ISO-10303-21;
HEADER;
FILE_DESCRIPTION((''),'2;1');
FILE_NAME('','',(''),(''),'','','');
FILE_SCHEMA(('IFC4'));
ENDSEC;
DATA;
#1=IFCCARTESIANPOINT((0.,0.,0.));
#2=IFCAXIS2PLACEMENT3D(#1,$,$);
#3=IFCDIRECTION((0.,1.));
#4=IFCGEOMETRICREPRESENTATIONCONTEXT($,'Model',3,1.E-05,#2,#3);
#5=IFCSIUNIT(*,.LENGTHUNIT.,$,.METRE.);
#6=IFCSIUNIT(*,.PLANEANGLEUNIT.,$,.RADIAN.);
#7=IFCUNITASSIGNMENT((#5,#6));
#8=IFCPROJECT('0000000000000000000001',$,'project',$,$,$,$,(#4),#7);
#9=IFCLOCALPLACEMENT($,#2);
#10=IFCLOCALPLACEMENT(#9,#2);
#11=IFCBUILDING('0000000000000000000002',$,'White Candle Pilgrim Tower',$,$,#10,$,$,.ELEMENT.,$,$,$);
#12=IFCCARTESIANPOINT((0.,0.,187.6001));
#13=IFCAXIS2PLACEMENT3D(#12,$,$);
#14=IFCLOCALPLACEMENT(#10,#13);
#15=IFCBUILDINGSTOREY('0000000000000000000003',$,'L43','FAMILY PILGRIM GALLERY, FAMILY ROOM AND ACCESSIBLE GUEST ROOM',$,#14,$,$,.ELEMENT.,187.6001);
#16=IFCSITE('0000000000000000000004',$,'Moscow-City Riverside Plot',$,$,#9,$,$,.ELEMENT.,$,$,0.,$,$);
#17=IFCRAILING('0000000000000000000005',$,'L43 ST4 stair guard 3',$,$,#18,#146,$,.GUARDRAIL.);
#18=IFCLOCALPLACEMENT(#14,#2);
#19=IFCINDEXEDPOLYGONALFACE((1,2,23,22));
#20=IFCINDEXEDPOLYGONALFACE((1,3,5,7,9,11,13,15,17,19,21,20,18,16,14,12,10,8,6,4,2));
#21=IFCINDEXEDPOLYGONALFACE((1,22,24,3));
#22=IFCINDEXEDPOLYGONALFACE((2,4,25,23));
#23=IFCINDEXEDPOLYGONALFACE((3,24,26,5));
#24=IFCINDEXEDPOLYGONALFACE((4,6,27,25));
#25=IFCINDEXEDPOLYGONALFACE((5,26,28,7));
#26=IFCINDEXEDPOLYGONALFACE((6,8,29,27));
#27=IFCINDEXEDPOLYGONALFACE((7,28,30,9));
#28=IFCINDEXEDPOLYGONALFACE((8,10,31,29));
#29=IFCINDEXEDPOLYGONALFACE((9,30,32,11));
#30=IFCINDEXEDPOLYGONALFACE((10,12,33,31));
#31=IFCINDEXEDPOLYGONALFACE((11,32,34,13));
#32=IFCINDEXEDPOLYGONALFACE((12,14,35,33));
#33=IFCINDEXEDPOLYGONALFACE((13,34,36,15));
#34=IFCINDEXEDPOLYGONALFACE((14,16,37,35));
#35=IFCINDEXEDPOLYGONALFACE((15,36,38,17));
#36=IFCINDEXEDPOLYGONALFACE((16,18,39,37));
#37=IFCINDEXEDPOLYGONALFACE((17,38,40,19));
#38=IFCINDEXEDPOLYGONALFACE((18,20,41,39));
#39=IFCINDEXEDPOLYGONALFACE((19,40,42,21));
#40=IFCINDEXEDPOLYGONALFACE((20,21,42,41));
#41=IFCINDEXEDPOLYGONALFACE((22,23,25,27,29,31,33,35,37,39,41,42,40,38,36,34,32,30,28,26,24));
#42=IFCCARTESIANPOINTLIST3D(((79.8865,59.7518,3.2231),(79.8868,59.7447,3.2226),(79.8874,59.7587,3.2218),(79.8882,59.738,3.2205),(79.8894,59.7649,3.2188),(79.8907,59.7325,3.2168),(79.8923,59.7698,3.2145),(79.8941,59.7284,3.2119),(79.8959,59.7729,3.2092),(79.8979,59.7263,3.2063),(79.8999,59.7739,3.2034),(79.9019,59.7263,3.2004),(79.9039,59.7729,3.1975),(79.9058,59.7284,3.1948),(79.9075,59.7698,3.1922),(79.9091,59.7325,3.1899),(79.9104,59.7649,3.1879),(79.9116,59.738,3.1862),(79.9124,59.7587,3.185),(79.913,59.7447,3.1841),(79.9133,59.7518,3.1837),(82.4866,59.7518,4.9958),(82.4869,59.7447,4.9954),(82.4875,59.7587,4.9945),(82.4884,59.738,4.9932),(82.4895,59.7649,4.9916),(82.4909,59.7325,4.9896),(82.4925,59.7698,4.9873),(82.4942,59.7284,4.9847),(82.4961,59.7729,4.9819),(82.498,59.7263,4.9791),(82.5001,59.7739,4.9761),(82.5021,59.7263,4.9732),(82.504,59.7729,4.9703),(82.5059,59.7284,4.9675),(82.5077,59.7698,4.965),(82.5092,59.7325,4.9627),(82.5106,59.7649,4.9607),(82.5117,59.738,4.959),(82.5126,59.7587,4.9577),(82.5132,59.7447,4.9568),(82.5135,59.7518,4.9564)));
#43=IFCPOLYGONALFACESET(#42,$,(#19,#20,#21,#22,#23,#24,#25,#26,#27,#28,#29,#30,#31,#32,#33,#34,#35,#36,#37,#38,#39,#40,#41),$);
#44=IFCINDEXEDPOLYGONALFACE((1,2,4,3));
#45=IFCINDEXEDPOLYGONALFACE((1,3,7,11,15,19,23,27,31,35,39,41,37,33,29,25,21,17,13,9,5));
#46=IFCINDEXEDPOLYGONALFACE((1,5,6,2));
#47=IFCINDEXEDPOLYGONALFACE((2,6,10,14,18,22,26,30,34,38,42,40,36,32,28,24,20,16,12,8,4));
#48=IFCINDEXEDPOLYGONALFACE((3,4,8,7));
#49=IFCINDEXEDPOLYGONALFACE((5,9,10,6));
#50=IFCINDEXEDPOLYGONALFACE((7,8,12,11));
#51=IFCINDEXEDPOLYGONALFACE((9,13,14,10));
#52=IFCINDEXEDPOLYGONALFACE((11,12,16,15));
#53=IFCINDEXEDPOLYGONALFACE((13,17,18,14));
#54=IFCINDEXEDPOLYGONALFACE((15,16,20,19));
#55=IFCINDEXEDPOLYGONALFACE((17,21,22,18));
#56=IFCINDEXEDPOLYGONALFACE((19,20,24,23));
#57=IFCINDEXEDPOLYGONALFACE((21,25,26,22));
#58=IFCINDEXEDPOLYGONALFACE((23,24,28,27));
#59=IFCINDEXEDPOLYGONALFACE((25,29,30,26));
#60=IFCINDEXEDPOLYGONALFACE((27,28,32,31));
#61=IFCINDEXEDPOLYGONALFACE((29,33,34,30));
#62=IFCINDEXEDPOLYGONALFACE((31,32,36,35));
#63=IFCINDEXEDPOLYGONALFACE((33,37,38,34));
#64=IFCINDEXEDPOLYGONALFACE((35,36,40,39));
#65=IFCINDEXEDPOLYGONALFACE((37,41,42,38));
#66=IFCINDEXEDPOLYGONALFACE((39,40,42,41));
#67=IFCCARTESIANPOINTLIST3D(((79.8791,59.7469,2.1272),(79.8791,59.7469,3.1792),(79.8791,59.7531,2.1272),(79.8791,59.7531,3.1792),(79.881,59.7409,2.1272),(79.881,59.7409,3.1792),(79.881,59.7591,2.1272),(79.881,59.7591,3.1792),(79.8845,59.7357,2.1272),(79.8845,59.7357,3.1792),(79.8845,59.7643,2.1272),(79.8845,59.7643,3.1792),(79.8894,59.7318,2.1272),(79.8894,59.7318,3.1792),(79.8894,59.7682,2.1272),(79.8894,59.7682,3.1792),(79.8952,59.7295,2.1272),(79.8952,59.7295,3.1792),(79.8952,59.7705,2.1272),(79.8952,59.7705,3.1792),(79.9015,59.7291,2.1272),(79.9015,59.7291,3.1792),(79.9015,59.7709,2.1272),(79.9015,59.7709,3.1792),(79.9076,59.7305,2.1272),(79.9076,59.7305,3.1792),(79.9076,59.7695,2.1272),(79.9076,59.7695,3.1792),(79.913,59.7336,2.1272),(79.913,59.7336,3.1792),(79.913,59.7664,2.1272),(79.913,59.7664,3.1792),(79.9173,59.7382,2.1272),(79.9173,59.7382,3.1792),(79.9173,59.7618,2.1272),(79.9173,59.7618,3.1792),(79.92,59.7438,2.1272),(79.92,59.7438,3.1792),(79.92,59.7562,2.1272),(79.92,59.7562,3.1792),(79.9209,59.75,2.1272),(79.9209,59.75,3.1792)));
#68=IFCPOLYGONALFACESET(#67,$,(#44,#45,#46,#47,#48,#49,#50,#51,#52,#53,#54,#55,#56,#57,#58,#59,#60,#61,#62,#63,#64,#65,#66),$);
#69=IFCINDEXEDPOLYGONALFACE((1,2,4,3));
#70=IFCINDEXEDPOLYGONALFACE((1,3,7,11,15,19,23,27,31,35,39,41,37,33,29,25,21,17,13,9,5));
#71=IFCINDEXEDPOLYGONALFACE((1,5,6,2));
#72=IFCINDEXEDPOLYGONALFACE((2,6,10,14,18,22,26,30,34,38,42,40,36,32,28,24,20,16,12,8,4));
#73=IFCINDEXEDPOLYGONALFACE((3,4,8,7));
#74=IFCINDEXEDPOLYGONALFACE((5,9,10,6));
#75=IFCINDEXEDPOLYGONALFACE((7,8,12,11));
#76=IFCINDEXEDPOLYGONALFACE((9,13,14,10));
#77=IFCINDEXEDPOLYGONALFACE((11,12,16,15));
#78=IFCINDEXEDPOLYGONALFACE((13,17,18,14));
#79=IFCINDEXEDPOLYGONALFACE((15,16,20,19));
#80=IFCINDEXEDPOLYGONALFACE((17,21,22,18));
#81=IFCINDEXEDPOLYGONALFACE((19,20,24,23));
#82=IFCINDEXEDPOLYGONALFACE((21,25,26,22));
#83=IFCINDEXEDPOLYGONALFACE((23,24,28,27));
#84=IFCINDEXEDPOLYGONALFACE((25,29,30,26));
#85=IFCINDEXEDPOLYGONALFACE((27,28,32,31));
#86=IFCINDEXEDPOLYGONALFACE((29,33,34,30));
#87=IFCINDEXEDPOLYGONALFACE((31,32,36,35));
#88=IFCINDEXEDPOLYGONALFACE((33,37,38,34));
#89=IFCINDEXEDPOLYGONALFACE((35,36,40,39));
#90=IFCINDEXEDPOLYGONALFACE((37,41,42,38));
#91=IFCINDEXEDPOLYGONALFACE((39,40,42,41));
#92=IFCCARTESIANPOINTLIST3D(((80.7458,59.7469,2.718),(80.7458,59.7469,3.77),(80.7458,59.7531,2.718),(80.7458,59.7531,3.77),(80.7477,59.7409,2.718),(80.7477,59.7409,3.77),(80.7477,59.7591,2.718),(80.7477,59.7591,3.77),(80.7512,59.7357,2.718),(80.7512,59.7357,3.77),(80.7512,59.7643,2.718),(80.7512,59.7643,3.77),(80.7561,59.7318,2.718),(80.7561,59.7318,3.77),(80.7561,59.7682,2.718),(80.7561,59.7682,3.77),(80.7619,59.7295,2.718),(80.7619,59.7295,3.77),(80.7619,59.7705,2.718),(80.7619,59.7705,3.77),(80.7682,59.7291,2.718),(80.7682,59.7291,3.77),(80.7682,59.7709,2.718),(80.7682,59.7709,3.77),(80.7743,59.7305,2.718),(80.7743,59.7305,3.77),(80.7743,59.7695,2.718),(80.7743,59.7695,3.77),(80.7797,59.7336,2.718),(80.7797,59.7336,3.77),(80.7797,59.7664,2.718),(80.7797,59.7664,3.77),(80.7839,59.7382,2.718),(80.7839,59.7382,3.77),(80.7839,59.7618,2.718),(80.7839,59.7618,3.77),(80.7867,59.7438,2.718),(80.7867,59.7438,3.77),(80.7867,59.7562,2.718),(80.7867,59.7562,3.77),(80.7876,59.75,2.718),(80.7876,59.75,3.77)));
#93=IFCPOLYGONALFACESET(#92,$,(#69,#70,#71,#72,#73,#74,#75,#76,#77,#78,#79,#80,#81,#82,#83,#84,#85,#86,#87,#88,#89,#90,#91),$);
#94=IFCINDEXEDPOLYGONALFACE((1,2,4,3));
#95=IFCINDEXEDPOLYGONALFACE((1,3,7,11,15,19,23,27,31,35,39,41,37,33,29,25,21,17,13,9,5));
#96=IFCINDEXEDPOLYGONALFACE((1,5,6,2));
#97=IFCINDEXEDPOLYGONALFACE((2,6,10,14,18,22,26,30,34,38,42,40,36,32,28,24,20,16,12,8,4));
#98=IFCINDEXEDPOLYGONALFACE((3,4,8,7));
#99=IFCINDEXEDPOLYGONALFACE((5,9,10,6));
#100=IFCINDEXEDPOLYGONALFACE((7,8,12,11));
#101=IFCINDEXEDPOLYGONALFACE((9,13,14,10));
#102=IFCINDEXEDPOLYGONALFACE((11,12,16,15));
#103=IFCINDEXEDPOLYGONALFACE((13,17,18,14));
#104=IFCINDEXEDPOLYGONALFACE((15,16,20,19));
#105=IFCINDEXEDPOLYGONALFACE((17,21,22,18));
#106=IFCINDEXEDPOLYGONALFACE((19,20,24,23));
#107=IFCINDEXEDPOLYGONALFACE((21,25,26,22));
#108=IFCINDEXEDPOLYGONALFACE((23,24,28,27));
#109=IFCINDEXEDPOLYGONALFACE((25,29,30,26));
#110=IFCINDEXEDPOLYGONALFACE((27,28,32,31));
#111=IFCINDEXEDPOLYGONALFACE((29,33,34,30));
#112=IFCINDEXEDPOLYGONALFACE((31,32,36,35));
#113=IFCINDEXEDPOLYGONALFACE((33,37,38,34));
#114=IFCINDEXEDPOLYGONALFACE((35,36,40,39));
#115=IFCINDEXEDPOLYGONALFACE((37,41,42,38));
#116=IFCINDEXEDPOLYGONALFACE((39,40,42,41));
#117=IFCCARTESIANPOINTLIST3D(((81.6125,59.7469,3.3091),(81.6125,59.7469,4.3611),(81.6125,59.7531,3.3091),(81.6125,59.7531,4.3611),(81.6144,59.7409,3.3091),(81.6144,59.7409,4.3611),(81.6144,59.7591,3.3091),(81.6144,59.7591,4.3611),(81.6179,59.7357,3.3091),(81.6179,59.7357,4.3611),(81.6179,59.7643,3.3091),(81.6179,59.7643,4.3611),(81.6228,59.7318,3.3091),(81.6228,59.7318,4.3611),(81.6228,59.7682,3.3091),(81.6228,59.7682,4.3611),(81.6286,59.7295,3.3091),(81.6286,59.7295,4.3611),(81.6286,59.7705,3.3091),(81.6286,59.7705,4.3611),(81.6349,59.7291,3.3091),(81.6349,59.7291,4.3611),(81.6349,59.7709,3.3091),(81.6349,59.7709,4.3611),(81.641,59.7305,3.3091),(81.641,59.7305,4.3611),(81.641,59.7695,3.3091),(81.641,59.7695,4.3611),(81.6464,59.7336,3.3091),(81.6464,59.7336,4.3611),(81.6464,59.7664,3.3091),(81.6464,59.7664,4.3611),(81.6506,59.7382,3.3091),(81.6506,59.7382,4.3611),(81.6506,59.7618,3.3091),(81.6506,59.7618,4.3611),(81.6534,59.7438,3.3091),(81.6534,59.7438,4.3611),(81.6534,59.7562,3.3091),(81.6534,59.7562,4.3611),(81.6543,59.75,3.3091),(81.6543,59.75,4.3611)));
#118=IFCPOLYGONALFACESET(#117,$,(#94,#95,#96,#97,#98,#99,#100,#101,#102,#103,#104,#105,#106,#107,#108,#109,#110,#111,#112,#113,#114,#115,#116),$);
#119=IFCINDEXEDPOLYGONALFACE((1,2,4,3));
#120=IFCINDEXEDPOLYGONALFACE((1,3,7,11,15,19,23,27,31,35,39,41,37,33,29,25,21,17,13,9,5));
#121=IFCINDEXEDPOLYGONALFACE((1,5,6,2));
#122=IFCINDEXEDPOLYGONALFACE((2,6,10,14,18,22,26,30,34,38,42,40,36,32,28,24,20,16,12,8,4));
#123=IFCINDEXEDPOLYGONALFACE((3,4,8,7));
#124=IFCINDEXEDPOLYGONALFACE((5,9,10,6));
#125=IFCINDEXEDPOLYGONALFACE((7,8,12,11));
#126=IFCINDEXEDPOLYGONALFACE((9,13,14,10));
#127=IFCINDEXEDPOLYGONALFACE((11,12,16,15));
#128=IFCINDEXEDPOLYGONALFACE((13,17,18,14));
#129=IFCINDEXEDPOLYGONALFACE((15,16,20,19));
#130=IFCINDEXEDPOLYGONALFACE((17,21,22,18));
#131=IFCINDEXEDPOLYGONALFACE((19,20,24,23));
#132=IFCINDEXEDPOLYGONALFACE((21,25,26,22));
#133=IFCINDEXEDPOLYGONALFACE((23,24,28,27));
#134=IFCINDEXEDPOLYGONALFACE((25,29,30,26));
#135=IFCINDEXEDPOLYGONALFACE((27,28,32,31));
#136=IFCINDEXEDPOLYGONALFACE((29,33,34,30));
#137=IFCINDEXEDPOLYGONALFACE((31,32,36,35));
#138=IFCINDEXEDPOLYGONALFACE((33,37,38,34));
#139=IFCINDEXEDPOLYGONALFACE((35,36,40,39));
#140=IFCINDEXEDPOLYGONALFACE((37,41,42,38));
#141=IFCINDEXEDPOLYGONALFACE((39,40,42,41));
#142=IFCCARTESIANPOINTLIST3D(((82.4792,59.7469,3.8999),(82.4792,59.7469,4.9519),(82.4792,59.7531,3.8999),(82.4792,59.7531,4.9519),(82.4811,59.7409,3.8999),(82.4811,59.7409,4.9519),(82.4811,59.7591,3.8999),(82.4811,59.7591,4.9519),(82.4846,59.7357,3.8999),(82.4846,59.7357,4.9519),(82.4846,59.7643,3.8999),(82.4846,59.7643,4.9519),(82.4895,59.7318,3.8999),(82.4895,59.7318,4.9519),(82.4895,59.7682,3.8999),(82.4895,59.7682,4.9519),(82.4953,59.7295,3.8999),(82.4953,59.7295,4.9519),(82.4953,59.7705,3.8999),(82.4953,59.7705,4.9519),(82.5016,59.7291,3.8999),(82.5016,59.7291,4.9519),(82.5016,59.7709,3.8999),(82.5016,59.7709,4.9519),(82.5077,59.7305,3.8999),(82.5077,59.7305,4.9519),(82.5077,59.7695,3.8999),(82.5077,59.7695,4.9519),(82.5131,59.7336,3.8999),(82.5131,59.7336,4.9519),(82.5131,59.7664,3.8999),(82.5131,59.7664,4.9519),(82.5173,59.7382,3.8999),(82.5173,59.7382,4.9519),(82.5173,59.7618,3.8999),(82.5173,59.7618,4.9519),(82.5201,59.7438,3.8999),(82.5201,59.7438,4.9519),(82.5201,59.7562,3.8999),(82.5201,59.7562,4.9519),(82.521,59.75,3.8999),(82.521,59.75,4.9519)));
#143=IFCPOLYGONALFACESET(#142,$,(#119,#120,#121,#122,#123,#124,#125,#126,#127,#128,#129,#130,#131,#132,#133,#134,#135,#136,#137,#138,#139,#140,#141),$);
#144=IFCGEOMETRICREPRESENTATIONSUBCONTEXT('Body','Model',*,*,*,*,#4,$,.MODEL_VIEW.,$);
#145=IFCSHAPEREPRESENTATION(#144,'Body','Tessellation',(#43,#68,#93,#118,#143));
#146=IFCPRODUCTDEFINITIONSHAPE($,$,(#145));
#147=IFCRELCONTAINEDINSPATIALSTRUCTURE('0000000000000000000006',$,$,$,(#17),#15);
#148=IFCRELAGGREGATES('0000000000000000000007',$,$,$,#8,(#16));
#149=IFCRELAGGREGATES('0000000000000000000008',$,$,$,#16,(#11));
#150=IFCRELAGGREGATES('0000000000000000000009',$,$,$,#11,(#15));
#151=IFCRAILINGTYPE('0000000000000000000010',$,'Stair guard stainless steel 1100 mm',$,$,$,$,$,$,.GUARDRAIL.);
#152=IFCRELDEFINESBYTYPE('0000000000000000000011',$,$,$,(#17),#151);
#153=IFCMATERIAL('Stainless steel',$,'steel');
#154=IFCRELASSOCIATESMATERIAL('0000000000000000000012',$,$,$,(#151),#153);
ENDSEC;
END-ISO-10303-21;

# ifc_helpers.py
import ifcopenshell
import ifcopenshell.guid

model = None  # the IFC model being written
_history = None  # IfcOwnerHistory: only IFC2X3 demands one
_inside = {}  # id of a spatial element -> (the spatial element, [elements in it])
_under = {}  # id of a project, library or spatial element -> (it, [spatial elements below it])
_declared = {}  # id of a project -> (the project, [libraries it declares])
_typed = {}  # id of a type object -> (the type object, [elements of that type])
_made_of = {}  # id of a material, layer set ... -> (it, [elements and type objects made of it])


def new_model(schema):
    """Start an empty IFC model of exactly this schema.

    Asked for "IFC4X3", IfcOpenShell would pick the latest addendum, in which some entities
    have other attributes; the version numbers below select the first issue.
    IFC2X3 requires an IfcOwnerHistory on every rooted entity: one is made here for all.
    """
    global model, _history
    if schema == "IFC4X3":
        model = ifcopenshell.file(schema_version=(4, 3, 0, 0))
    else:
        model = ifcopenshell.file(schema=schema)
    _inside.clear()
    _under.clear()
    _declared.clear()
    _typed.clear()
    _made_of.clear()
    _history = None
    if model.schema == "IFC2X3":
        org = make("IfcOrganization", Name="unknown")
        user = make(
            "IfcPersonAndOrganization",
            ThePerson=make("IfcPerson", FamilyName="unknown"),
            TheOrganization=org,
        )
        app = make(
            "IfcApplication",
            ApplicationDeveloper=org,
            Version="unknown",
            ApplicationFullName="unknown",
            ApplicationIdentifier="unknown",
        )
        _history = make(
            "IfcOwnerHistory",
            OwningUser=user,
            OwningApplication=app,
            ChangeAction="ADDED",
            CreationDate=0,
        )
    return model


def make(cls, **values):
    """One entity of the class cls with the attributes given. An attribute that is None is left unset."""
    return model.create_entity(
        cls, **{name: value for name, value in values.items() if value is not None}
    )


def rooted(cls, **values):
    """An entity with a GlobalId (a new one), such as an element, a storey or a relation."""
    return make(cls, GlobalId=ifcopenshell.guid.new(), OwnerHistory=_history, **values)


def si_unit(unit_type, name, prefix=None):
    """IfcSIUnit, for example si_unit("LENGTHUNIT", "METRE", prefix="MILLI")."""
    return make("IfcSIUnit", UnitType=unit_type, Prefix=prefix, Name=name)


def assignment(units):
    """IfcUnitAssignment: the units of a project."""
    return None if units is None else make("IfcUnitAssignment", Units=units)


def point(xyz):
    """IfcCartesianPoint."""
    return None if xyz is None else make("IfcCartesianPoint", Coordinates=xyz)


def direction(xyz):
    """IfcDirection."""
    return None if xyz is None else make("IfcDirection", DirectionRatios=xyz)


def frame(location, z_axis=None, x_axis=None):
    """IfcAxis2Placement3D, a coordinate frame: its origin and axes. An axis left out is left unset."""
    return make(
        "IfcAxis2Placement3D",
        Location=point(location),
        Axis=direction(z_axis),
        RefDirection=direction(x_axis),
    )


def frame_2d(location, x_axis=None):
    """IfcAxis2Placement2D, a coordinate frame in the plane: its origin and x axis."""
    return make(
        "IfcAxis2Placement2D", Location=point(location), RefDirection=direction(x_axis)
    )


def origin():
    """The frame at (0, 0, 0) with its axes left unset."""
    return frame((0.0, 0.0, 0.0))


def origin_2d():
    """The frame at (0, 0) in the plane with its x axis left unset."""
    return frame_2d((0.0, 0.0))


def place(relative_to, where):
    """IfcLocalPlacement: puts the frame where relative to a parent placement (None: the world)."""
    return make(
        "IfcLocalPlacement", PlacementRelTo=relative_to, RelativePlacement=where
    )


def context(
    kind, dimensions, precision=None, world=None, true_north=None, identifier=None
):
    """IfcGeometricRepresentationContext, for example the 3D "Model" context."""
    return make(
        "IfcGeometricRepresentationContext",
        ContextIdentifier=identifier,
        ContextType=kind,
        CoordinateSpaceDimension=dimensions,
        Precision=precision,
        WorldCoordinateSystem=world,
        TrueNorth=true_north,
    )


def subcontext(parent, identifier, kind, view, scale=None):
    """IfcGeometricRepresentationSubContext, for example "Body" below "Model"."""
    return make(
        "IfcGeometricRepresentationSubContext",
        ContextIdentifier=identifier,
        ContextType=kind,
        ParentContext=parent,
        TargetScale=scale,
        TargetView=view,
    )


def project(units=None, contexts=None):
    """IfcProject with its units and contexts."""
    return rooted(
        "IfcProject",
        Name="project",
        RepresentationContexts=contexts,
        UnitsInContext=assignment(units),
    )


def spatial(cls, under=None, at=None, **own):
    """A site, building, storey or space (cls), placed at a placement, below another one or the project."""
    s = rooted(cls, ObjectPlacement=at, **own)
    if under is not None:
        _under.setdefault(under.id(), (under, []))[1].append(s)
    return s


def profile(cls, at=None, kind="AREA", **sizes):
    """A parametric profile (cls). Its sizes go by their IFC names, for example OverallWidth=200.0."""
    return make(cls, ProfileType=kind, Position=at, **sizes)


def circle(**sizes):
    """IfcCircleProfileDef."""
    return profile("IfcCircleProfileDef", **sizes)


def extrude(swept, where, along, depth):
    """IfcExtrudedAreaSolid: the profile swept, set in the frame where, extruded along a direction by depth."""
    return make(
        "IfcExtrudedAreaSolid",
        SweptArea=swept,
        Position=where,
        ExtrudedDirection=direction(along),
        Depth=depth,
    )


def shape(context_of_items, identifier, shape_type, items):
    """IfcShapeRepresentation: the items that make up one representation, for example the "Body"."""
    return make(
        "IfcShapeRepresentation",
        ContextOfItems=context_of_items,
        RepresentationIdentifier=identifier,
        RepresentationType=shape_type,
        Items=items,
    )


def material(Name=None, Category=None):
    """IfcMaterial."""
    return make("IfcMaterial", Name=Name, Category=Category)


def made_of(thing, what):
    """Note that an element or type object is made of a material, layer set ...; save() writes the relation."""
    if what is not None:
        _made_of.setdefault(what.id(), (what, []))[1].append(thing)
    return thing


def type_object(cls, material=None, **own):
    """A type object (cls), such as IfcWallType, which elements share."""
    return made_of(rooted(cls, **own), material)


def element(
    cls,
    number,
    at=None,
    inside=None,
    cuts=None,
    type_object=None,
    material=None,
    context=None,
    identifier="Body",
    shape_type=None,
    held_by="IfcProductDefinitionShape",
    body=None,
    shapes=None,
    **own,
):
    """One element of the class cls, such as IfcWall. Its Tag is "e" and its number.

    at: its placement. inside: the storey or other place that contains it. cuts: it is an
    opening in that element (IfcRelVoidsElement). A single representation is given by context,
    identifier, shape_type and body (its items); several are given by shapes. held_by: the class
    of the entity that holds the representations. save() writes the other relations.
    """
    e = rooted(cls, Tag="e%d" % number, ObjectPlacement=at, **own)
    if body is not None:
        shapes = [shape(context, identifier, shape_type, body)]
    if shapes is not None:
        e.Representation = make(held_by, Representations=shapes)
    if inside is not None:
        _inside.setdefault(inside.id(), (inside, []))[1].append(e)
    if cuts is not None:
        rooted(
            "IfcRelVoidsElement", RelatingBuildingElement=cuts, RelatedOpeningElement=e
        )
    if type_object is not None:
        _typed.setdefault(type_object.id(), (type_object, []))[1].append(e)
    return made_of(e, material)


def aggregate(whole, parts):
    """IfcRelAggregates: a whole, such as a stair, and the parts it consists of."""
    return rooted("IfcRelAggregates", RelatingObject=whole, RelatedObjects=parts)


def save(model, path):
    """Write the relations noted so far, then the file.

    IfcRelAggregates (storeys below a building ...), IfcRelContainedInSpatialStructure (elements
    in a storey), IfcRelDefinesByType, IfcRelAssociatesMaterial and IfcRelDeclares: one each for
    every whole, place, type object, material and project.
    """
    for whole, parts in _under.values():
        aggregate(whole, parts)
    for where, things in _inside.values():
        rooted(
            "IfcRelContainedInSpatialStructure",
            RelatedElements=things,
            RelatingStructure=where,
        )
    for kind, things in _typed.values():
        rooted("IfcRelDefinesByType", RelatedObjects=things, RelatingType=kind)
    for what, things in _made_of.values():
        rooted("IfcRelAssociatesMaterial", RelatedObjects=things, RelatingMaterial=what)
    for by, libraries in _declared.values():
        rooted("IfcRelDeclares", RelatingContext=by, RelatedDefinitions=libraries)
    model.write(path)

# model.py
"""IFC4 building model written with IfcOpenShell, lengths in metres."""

from ifc_helpers import new_model, si_unit, direction, frame, origin, origin_2d, place, context, subcontext, project, spatial, circle, extrude, material, type_object, element, save


model = new_model("IFC4")

# Units and contexts
model_context = context("Model", 3, precision=1e-05, world=origin(), true_north=direction((0.0, 1.0)))
body_context = subcontext(model_context, "Body", "Model", "MODEL_VIEW")
ifc_project = project(units=[si_unit("LENGTHUNIT", "METRE"), si_unit("PLANEANGLEUNIT", "RADIAN")], contexts=[model_context])

# Site, building, storey
site_placement = place(None, origin())
site = spatial("IfcSite", under=ifc_project, at=site_placement, Name="Moscow-City Riverside Plot", CompositionType="ELEMENT", RefElevation=0.0)
building_placement = place(site_placement, origin())
building = spatial("IfcBuilding", under=site, at=building_placement, Name="White Candle Pilgrim Tower", CompositionType="ELEMENT")
storey_placement = place(building_placement, frame((0.0, 0.0, 187.6001)))
storey = spatial("IfcBuildingStorey", under=building, at=storey_placement, Name="L43", Description="FAMILY PILGRIM GALLERY, FAMILY ROOM AND ACCESSIBLE GUEST ROOM", CompositionType="ELEMENT", Elevation=187.6001)

# Railing
ifc_material_1 = material(Name="Stainless steel", Category="steel")
railing_type_1 = type_object("IfcRailingType", Name="Stair guard stainless steel 1100 mm", PredefinedType="GUARDRAIL", material=ifc_material_1)
railing_1_placement = place(storey_placement, frame((79.8999, 59.75, 2.1272)))
element("IfcRailing", 1, at=railing_1_placement, inside=storey, type_object=railing_type_1, Name="L43 ST4 stair guard 3", PredefinedType="GUARDRAIL", context=body_context, shape_type="SweptSolid", body=[
    extrude(circle(Radius=0.0239, at=origin_2d()), frame((0.0, 0.0, 1.0762), z_axis=(0.82624, 0.0, 0.563318), x_axis=(0.0, 1.0, 0.0)), (0.0, 0.0, 1.0), 3.147),
    extrude(circle(Radius=0.021, at=origin_2d()), origin(), (0.0, 0.0, 1.0), 1.052),
    extrude(circle(Radius=0.021, at=origin_2d()), frame((0.8667, 0.0, 0.5908)), (0.0, 0.0, 1.0), 1.052),
    extrude(circle(Radius=0.021, at=origin_2d()), frame((1.7334, 0.0, 1.1819)), (0.0, 0.0, 1.0), 1.052),
    extrude(circle(Radius=0.021, at=origin_2d()), frame((2.6001, 0.0, 1.7727)), (0.0, 0.0, 1.0), 1.052),
])

save(model, "model.ifc")
